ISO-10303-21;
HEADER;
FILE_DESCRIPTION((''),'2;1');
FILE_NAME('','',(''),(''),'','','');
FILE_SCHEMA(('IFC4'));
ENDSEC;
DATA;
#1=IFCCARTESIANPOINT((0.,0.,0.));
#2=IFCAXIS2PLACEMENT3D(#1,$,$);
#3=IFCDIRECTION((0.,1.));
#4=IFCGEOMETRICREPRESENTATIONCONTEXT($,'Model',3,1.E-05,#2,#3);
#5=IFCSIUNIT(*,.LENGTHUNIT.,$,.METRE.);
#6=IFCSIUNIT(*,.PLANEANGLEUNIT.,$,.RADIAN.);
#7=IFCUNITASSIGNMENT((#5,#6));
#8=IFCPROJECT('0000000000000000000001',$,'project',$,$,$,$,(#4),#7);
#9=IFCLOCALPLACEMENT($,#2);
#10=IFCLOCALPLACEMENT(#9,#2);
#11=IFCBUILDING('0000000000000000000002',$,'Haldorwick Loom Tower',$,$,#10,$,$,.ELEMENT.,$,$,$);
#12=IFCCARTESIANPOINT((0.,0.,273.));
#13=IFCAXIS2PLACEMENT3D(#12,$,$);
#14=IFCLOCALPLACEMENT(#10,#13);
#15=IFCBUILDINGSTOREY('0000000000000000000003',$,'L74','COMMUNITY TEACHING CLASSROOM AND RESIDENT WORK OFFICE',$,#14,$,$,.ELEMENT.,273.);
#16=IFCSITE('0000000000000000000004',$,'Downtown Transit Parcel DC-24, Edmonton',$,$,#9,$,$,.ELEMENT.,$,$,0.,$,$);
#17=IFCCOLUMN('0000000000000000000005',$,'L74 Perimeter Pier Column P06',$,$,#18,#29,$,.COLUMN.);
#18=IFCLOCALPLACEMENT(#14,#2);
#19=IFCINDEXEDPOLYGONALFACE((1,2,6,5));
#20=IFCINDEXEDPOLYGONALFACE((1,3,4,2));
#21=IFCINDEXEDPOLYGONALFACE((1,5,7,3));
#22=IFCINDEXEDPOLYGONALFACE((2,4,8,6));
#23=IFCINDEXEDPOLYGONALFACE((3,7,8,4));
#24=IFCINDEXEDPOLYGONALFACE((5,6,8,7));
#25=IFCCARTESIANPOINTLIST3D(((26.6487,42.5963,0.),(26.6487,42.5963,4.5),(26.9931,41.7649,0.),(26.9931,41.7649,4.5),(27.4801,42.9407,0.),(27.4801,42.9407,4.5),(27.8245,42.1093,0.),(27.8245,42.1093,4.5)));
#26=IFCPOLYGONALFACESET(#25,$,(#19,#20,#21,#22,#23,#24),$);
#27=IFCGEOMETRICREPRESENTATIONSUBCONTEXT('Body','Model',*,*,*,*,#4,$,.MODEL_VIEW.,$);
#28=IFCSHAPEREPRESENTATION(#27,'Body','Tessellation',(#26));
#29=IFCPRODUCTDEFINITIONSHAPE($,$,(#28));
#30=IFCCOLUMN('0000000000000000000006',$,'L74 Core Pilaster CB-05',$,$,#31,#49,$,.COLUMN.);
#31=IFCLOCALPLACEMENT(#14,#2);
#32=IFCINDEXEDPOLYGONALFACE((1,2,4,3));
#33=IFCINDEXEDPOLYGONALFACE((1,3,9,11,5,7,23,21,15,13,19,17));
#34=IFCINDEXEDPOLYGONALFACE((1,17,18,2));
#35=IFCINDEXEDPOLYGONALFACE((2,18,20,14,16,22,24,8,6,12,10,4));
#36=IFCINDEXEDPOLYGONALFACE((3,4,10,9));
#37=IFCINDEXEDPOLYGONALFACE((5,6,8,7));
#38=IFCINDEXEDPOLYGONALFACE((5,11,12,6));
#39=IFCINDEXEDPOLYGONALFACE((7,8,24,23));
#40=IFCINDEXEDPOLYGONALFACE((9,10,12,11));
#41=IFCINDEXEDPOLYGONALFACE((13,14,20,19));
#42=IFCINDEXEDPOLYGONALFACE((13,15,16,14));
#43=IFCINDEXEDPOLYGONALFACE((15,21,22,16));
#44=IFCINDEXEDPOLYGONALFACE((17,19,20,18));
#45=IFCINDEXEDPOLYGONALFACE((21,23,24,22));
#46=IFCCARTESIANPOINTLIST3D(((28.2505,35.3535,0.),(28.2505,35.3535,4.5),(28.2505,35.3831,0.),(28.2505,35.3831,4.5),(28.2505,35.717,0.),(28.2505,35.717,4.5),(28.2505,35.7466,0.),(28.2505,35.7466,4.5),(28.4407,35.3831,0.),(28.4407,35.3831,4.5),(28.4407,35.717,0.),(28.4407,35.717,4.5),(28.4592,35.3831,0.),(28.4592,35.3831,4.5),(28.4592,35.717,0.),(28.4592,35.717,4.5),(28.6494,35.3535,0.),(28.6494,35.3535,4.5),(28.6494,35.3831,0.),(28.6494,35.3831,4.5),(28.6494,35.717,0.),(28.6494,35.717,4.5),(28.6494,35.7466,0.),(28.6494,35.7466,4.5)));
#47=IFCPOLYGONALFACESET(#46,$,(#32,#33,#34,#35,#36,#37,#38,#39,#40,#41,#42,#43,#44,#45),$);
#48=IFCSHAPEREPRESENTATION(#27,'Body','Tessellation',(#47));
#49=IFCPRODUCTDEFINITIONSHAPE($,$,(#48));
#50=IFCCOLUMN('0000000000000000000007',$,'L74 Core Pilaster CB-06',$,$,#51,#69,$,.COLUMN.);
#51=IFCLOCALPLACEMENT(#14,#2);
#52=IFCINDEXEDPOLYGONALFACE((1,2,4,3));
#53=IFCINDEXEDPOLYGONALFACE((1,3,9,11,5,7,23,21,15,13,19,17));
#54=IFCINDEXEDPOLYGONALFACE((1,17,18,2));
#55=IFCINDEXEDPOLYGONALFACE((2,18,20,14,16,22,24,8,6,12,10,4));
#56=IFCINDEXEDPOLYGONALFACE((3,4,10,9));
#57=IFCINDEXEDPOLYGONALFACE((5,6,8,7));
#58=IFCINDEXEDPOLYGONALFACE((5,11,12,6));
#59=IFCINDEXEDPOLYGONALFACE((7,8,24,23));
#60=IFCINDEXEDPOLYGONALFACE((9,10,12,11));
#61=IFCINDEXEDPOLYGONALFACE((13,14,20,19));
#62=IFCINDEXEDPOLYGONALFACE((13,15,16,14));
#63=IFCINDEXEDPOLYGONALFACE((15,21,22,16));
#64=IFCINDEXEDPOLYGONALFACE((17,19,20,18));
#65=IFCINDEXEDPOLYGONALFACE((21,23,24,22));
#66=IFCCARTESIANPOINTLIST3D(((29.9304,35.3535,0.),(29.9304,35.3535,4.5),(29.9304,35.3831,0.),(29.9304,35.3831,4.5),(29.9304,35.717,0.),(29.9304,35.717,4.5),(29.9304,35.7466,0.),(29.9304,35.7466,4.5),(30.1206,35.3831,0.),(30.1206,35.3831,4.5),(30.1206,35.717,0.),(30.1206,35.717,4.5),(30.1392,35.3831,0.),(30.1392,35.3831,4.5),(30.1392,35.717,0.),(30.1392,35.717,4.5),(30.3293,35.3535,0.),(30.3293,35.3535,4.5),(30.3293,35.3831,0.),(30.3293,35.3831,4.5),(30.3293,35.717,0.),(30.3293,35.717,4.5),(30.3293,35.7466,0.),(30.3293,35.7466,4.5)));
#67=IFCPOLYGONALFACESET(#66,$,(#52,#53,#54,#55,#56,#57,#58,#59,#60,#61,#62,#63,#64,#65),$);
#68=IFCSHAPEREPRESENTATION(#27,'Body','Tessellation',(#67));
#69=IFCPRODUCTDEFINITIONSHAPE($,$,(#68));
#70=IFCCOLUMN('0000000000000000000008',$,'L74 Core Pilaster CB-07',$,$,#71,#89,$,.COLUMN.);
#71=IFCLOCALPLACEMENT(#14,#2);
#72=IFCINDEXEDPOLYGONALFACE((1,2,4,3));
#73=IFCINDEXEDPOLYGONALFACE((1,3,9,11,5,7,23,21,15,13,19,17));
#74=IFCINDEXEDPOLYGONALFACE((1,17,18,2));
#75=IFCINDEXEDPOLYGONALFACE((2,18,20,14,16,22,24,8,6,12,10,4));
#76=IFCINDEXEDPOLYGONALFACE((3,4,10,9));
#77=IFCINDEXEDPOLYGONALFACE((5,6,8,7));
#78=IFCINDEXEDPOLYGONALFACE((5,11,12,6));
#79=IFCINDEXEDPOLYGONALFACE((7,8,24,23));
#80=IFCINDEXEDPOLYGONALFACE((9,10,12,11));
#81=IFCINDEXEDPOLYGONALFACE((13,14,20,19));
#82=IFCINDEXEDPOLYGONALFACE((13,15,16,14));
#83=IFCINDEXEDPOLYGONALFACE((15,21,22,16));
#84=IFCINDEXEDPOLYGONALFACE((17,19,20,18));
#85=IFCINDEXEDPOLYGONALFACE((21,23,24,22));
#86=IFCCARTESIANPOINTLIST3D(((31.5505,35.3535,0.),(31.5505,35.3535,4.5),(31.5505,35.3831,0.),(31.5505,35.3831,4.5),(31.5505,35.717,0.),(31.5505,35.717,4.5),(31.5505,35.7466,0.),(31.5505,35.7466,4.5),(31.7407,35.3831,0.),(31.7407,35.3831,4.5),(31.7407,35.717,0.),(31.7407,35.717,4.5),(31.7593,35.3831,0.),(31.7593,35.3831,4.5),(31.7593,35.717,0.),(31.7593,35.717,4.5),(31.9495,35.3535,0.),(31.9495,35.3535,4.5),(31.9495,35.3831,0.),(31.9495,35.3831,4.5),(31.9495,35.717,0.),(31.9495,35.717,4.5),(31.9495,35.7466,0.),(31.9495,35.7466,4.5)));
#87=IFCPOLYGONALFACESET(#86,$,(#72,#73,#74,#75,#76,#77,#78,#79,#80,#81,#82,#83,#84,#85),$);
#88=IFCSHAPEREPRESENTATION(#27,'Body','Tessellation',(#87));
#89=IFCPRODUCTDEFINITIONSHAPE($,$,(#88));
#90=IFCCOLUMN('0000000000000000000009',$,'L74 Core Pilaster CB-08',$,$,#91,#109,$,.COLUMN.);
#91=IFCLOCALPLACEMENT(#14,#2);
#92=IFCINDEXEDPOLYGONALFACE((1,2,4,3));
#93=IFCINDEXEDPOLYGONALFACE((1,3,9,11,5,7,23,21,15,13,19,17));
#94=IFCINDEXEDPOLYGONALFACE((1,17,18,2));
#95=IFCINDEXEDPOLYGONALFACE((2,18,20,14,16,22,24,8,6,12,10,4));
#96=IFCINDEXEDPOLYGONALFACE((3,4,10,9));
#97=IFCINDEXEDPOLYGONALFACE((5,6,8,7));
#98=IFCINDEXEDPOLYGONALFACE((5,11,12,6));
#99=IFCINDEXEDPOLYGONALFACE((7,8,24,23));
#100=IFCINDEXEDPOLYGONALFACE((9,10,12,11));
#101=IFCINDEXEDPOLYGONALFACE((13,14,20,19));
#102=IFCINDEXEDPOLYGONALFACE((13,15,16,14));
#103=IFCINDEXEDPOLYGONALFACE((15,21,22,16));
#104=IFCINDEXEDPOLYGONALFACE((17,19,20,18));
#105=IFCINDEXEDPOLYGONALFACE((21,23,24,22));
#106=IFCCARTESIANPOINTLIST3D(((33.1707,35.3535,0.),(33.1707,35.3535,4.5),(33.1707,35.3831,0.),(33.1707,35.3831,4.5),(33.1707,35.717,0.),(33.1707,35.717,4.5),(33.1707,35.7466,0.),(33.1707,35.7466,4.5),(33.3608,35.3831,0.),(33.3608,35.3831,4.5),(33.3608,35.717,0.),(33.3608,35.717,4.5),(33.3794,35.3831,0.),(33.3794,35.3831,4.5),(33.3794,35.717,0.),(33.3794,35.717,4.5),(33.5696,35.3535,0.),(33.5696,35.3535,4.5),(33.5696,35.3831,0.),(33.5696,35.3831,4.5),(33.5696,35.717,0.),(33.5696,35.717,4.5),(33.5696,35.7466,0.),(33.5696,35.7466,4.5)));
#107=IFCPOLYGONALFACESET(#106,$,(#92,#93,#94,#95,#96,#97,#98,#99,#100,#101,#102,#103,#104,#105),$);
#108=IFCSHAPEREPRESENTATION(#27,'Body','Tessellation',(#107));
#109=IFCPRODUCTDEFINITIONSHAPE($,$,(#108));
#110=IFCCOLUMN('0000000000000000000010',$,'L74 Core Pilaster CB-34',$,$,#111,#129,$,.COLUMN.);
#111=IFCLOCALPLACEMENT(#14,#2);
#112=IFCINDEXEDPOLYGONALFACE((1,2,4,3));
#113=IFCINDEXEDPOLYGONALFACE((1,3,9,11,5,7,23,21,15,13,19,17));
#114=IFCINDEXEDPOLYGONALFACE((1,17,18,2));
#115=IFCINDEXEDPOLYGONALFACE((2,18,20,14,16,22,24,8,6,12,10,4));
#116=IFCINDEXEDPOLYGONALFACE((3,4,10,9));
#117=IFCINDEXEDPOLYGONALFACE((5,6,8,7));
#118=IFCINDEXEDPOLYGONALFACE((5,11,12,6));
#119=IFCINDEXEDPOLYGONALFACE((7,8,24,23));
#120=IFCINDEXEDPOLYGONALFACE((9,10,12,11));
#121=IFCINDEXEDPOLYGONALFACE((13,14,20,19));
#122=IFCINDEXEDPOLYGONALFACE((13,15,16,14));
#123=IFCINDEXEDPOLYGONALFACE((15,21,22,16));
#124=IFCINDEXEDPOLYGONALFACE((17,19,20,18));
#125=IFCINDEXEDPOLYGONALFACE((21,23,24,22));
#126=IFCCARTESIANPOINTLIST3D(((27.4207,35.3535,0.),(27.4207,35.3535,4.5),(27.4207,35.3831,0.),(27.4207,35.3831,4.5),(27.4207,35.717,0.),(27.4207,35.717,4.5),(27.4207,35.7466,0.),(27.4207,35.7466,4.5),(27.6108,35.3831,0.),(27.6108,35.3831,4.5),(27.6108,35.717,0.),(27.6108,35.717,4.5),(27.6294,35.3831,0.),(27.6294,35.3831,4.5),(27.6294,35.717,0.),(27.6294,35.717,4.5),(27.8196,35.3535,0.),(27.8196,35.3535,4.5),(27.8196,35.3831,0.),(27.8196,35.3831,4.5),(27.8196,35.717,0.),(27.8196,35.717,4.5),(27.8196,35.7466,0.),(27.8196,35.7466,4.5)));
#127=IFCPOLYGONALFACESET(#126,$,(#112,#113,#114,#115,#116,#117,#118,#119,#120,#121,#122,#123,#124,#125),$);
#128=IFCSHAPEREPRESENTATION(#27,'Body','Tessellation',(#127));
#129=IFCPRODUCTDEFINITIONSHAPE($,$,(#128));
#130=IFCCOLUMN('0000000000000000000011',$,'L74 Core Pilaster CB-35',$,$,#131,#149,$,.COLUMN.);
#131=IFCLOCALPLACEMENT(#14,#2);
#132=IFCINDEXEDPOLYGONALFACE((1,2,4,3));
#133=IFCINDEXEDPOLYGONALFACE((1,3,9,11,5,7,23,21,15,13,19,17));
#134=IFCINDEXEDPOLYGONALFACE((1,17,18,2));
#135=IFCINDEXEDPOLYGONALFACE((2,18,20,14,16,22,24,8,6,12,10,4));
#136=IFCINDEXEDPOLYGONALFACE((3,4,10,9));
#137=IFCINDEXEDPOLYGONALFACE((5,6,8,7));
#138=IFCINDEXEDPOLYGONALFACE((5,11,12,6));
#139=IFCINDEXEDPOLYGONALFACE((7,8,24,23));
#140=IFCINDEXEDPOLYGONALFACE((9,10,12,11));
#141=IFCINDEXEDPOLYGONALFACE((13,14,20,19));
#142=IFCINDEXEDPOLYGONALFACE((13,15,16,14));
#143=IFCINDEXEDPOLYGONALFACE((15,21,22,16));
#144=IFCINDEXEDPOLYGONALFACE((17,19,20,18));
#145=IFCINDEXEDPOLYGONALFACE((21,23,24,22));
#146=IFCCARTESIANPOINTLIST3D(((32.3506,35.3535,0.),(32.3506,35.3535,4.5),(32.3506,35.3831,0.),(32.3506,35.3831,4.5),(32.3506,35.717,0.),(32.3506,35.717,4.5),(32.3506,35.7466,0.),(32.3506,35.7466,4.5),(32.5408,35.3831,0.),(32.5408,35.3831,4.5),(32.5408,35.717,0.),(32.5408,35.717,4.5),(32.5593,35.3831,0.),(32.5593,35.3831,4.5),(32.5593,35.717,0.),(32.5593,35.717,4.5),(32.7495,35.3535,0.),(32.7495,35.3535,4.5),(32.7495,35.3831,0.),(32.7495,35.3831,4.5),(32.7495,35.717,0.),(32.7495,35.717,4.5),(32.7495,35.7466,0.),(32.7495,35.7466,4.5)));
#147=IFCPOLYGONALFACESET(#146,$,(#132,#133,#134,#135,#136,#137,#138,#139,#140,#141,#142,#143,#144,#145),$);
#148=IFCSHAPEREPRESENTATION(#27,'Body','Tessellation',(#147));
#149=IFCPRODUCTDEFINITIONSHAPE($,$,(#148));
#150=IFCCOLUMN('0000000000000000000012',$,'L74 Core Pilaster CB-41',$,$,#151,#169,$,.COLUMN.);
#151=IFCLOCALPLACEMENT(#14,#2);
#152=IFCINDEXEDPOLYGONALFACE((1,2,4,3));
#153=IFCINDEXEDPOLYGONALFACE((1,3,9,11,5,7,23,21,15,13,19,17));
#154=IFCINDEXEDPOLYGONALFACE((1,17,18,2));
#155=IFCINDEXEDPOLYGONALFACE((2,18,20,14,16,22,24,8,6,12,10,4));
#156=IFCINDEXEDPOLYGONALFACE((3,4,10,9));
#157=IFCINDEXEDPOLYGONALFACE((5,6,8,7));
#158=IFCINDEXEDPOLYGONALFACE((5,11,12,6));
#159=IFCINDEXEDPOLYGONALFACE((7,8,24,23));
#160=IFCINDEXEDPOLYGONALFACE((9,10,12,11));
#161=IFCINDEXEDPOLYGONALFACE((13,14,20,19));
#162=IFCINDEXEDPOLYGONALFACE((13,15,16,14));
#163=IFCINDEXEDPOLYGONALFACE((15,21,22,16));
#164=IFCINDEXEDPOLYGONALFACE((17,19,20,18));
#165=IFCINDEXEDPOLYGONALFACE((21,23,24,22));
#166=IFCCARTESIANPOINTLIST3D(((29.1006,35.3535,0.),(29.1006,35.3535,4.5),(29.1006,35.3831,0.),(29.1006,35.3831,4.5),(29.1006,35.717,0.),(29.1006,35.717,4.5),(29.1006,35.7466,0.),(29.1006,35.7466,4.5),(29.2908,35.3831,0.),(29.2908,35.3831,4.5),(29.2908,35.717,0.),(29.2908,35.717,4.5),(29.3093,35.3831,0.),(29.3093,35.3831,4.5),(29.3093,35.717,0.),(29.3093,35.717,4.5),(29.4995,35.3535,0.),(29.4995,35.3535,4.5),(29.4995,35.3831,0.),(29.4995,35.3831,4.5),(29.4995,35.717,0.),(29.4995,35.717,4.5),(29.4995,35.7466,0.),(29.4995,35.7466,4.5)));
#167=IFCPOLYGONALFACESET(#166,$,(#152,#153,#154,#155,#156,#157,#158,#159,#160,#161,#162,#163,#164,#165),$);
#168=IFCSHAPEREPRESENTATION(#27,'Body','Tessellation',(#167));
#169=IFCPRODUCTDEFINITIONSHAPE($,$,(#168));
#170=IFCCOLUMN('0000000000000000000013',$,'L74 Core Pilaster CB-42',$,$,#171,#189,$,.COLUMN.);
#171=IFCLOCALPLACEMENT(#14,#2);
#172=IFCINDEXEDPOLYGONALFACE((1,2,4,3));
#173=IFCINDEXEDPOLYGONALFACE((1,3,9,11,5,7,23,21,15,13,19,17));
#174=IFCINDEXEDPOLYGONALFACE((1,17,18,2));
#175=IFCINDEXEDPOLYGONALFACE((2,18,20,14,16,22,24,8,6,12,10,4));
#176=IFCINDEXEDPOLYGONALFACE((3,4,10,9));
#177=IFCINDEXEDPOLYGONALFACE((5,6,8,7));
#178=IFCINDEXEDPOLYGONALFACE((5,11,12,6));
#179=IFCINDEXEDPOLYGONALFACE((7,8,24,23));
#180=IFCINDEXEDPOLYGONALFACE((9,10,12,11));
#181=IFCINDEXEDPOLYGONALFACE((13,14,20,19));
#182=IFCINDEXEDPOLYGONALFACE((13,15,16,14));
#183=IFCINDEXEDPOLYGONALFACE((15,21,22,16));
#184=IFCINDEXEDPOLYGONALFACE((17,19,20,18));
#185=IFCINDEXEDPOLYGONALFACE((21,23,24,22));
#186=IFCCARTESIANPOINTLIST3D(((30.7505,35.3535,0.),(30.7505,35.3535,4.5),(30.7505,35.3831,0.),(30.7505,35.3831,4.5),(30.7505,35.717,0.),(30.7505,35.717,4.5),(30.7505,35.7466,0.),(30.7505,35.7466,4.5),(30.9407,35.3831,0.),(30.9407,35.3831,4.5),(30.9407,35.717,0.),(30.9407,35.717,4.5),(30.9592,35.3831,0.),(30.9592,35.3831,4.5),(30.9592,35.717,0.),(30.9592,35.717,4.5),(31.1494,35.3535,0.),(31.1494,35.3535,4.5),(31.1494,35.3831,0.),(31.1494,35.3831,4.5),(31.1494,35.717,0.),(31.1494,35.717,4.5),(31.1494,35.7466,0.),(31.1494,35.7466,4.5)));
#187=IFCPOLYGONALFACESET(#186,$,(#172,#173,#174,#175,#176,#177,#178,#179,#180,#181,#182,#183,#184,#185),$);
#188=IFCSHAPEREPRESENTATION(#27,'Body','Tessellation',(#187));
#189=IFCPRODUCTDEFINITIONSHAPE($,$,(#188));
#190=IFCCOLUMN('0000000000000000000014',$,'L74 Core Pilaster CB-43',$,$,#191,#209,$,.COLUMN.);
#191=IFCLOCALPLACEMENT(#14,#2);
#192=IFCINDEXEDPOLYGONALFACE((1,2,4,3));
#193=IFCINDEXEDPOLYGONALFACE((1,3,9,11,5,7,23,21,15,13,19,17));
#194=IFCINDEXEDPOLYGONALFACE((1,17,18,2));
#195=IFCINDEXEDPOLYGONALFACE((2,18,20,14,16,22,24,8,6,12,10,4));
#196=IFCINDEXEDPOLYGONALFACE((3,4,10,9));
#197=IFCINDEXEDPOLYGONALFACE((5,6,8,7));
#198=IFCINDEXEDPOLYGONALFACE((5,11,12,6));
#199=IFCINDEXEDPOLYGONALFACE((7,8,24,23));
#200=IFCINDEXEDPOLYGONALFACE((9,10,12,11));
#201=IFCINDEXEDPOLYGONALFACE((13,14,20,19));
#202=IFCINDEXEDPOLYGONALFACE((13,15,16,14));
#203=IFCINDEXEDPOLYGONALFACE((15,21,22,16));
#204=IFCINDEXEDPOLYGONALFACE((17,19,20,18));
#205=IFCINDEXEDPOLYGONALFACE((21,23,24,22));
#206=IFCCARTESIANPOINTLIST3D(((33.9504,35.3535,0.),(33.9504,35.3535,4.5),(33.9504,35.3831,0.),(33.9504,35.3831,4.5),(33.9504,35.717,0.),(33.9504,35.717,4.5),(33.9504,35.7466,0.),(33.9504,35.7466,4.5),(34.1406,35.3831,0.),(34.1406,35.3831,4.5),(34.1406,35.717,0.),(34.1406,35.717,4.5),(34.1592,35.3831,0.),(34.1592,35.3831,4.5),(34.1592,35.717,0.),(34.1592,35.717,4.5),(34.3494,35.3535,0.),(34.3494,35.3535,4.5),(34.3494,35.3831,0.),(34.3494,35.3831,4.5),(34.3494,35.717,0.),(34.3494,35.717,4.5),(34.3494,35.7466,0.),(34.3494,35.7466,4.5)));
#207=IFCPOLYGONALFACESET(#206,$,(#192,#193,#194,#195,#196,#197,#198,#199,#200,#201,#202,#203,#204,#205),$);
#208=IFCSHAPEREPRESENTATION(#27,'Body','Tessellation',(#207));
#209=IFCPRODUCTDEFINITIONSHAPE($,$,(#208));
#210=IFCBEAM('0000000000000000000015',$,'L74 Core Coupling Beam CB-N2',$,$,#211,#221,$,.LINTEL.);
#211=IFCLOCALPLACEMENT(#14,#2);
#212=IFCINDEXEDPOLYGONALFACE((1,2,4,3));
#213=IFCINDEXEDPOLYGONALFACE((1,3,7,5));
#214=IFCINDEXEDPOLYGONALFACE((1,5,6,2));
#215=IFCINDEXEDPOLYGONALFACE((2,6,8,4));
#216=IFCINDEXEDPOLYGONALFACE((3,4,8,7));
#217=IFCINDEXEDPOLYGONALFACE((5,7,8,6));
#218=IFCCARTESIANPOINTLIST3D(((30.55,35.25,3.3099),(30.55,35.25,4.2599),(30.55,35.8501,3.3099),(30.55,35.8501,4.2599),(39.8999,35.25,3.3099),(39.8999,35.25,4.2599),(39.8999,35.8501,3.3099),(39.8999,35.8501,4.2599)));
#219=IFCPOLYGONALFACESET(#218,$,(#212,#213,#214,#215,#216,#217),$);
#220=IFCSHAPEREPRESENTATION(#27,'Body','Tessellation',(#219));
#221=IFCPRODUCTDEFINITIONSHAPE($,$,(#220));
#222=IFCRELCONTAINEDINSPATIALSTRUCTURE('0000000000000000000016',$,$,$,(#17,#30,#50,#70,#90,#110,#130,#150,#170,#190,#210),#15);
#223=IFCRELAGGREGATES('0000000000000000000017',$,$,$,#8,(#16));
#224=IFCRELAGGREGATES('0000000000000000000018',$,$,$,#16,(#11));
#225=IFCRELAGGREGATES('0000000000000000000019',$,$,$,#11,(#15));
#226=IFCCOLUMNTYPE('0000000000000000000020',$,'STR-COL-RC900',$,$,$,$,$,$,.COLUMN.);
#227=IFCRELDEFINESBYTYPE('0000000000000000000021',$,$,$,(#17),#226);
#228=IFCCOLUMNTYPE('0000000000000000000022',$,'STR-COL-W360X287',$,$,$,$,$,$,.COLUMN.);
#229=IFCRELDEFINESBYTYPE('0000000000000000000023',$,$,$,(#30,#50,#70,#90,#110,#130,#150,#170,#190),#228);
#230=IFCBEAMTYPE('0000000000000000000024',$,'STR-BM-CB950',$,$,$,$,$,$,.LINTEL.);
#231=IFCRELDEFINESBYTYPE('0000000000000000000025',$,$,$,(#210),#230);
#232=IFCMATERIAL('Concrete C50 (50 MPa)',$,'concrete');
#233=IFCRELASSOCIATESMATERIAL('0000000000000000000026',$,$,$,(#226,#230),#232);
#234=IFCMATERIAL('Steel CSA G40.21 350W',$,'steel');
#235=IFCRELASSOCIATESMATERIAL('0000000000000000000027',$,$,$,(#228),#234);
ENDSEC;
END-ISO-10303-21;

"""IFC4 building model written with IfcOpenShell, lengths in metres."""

from ifc_helpers import new_model, si_unit, direction, frame, origin, origin_2d, place, context, subcontext, project, spatial, rectangle, i_section, extrude, material, material_profile, profile_set, type_object, element, save


model = new_model("IFC4")

# Units and contexts
model_context = context("Model", 3, precision=1e-05, world=origin(), true_north=direction((0.0, 1.0)))
body_context = subcontext(model_context, "Body", "Model", "MODEL_VIEW")
ifc_project = project(units=[si_unit("LENGTHUNIT", "METRE"), si_unit("PLANEANGLEUNIT", "RADIAN")], contexts=[model_context])

# Site, building, storey
site_placement = place(None, origin())
site = spatial("IfcSite", under=ifc_project, at=site_placement, Name="Downtown Transit Parcel DC-24, Edmonton", CompositionType="ELEMENT", RefElevation=0.0)
building_placement = place(site_placement, origin())
building = spatial("IfcBuilding", under=site, at=building_placement, Name="Haldorwick Loom Tower", CompositionType="ELEMENT")
storey_placement = place(building_placement, frame((0.0, 0.0, 273.0)))
storey = spatial("IfcBuildingStorey", under=building, at=storey_placement, Name="L74", Description="COMMUNITY TEACHING CLASSROOM AND RESIDENT WORK OFFICE", CompositionType="ELEMENT", Elevation=273.0)

# Columns
ifc_material_1 = material(Name="Concrete C50 (50 MPa)", Category="concrete")
ifc_material_profile_1 = material_profile(ifc_material_1, rectangle(XDim=0.8999, YDim=0.8999, at=origin_2d()), Name="RC900X900", Category="concrete")
ifc_profile_set_1 = profile_set([ifc_material_profile_1], Name="Concrete C50 (50 MPa)")
column_type_1 = type_object("IfcColumnType", Name="STR-COL-RC900", PredefinedType="COLUMN", material=ifc_profile_set_1)
column_placement = place(storey_placement, frame((27.2366, 42.3528, 0.0), z_axis=(0.0, 0.0, 1.0), x_axis=(-0.382683, 0.92388, 0.0)))
element("IfcColumn", 1, at=column_placement, inside=storey, type_object=column_type_1, Name="L74 Perimeter Pier Column P06", PredefinedType="COLUMN", context=body_context, shape_type="SweptSolid", body=[
    extrude(rectangle(XDim=0.8999, YDim=0.8999, at=origin_2d()), origin(), (0.0, 0.0, 1.0), 4.5),
])
ifc_material_2 = material(Name="Steel CSA G40.21 350W", Category="steel")
ifc_material_profile_2 = material_profile(ifc_material_2, i_section(OverallWidth=0.3989, OverallDepth=0.3931, WebThickness=0.0186, FlangeThickness=0.0295, at=origin_2d()), Name="W360X287", Category="steel")
ifc_profile_set_2 = profile_set([ifc_material_profile_2], Name="Steel CSA G40.21 350W")
column_type_2 = type_object("IfcColumnType", Name="STR-COL-W360X287", PredefinedType="COLUMN", material=ifc_profile_set_2)
for number, where, z_axis, x_axis, name in (
    (2, (28.45, 35.55, 0.0), (0.0, 0.0, 1.0), (1.0, 0.0, 0.0), "L74 Core Pilaster CB-05"),
    (3, (30.1299, 35.55, 0.0), (0.0, 0.0, 1.0), (1.0, 0.0, 0.0), "L74 Core Pilaster CB-06"),
    (4, (31.75, 35.55, 0.0), (0.0, 0.0, 1.0), (1.0, 0.0, 0.0), "L74 Core Pilaster CB-07"),
    (5, (33.3701, 35.55, 0.0), (0.0, 0.0, 1.0), (1.0, 0.0, 0.0), "L74 Core Pilaster CB-08"),
    (6, (27.6201, 35.55, 0.0), (0.0, 0.0, 1.0), (1.0, 0.0, 0.0), "L74 Core Pilaster CB-34"),
    (7, (32.55, 35.55, 0.0), (0.0, 0.0, 1.0), (1.0, 0.0, 0.0), "L74 Core Pilaster CB-35"),
    (8, (29.3, 35.55, 0.0), (0.0, 0.0, 1.0), (1.0, 0.0, 0.0), "L74 Core Pilaster CB-41"),
    (9, (30.95, 35.55, 0.0), (0.0, 0.0, 1.0), (1.0, 0.0, 0.0), "L74 Core Pilaster CB-42"),
    (10, (34.1499, 35.55, 0.0), (0.0, 0.0, 1.0), (1.0, 0.0, 0.0), "L74 Core Pilaster CB-43"),
):
    element("IfcColumn", number, at=place(storey_placement, frame(where, z_axis=z_axis, x_axis=x_axis)), inside=storey, type_object=column_type_2, Name=name, PredefinedType="COLUMN", context=body_context, shape_type="SweptSolid", body=[
        extrude(i_section(OverallWidth=0.3989, OverallDepth=0.3931, WebThickness=0.0186, FlangeThickness=0.0295, at=origin_2d()), origin(), (0.0, 0.0, 1.0), 4.5),
    ])

# Beam
ifc_material_profile_3 = material_profile(ifc_material_1, rectangle(XDim=0.6001, YDim=0.95, at=origin_2d()), Name="RC600X950", Category="concrete")
ifc_profile_set_3 = profile_set([ifc_material_profile_3], Name="Concrete C50 (50 MPa)")
beam_type_1 = type_object("IfcBeamType", Name="STR-BM-CB950", PredefinedType="LINTEL", material=ifc_profile_set_3)
beam_1_placement = place(storey_placement, frame((30.55, 35.55, 3.7849), z_axis=(1.0, 0.0, 0.0), x_axis=(0.0, 1.0, 0.0)))
element("IfcBeam", 11, at=beam_1_placement, inside=storey, type_object=beam_type_1, Name="L74 Core Coupling Beam CB-N2", PredefinedType="LINTEL", context=body_context, shape_type="SweptSolid", body=[
    extrude(rectangle(XDim=0.6001, YDim=0.95, at=origin_2d()), origin(), (0.0, 0.0, 1.0), 9.3499),
])

save(model, "model.ifc")
